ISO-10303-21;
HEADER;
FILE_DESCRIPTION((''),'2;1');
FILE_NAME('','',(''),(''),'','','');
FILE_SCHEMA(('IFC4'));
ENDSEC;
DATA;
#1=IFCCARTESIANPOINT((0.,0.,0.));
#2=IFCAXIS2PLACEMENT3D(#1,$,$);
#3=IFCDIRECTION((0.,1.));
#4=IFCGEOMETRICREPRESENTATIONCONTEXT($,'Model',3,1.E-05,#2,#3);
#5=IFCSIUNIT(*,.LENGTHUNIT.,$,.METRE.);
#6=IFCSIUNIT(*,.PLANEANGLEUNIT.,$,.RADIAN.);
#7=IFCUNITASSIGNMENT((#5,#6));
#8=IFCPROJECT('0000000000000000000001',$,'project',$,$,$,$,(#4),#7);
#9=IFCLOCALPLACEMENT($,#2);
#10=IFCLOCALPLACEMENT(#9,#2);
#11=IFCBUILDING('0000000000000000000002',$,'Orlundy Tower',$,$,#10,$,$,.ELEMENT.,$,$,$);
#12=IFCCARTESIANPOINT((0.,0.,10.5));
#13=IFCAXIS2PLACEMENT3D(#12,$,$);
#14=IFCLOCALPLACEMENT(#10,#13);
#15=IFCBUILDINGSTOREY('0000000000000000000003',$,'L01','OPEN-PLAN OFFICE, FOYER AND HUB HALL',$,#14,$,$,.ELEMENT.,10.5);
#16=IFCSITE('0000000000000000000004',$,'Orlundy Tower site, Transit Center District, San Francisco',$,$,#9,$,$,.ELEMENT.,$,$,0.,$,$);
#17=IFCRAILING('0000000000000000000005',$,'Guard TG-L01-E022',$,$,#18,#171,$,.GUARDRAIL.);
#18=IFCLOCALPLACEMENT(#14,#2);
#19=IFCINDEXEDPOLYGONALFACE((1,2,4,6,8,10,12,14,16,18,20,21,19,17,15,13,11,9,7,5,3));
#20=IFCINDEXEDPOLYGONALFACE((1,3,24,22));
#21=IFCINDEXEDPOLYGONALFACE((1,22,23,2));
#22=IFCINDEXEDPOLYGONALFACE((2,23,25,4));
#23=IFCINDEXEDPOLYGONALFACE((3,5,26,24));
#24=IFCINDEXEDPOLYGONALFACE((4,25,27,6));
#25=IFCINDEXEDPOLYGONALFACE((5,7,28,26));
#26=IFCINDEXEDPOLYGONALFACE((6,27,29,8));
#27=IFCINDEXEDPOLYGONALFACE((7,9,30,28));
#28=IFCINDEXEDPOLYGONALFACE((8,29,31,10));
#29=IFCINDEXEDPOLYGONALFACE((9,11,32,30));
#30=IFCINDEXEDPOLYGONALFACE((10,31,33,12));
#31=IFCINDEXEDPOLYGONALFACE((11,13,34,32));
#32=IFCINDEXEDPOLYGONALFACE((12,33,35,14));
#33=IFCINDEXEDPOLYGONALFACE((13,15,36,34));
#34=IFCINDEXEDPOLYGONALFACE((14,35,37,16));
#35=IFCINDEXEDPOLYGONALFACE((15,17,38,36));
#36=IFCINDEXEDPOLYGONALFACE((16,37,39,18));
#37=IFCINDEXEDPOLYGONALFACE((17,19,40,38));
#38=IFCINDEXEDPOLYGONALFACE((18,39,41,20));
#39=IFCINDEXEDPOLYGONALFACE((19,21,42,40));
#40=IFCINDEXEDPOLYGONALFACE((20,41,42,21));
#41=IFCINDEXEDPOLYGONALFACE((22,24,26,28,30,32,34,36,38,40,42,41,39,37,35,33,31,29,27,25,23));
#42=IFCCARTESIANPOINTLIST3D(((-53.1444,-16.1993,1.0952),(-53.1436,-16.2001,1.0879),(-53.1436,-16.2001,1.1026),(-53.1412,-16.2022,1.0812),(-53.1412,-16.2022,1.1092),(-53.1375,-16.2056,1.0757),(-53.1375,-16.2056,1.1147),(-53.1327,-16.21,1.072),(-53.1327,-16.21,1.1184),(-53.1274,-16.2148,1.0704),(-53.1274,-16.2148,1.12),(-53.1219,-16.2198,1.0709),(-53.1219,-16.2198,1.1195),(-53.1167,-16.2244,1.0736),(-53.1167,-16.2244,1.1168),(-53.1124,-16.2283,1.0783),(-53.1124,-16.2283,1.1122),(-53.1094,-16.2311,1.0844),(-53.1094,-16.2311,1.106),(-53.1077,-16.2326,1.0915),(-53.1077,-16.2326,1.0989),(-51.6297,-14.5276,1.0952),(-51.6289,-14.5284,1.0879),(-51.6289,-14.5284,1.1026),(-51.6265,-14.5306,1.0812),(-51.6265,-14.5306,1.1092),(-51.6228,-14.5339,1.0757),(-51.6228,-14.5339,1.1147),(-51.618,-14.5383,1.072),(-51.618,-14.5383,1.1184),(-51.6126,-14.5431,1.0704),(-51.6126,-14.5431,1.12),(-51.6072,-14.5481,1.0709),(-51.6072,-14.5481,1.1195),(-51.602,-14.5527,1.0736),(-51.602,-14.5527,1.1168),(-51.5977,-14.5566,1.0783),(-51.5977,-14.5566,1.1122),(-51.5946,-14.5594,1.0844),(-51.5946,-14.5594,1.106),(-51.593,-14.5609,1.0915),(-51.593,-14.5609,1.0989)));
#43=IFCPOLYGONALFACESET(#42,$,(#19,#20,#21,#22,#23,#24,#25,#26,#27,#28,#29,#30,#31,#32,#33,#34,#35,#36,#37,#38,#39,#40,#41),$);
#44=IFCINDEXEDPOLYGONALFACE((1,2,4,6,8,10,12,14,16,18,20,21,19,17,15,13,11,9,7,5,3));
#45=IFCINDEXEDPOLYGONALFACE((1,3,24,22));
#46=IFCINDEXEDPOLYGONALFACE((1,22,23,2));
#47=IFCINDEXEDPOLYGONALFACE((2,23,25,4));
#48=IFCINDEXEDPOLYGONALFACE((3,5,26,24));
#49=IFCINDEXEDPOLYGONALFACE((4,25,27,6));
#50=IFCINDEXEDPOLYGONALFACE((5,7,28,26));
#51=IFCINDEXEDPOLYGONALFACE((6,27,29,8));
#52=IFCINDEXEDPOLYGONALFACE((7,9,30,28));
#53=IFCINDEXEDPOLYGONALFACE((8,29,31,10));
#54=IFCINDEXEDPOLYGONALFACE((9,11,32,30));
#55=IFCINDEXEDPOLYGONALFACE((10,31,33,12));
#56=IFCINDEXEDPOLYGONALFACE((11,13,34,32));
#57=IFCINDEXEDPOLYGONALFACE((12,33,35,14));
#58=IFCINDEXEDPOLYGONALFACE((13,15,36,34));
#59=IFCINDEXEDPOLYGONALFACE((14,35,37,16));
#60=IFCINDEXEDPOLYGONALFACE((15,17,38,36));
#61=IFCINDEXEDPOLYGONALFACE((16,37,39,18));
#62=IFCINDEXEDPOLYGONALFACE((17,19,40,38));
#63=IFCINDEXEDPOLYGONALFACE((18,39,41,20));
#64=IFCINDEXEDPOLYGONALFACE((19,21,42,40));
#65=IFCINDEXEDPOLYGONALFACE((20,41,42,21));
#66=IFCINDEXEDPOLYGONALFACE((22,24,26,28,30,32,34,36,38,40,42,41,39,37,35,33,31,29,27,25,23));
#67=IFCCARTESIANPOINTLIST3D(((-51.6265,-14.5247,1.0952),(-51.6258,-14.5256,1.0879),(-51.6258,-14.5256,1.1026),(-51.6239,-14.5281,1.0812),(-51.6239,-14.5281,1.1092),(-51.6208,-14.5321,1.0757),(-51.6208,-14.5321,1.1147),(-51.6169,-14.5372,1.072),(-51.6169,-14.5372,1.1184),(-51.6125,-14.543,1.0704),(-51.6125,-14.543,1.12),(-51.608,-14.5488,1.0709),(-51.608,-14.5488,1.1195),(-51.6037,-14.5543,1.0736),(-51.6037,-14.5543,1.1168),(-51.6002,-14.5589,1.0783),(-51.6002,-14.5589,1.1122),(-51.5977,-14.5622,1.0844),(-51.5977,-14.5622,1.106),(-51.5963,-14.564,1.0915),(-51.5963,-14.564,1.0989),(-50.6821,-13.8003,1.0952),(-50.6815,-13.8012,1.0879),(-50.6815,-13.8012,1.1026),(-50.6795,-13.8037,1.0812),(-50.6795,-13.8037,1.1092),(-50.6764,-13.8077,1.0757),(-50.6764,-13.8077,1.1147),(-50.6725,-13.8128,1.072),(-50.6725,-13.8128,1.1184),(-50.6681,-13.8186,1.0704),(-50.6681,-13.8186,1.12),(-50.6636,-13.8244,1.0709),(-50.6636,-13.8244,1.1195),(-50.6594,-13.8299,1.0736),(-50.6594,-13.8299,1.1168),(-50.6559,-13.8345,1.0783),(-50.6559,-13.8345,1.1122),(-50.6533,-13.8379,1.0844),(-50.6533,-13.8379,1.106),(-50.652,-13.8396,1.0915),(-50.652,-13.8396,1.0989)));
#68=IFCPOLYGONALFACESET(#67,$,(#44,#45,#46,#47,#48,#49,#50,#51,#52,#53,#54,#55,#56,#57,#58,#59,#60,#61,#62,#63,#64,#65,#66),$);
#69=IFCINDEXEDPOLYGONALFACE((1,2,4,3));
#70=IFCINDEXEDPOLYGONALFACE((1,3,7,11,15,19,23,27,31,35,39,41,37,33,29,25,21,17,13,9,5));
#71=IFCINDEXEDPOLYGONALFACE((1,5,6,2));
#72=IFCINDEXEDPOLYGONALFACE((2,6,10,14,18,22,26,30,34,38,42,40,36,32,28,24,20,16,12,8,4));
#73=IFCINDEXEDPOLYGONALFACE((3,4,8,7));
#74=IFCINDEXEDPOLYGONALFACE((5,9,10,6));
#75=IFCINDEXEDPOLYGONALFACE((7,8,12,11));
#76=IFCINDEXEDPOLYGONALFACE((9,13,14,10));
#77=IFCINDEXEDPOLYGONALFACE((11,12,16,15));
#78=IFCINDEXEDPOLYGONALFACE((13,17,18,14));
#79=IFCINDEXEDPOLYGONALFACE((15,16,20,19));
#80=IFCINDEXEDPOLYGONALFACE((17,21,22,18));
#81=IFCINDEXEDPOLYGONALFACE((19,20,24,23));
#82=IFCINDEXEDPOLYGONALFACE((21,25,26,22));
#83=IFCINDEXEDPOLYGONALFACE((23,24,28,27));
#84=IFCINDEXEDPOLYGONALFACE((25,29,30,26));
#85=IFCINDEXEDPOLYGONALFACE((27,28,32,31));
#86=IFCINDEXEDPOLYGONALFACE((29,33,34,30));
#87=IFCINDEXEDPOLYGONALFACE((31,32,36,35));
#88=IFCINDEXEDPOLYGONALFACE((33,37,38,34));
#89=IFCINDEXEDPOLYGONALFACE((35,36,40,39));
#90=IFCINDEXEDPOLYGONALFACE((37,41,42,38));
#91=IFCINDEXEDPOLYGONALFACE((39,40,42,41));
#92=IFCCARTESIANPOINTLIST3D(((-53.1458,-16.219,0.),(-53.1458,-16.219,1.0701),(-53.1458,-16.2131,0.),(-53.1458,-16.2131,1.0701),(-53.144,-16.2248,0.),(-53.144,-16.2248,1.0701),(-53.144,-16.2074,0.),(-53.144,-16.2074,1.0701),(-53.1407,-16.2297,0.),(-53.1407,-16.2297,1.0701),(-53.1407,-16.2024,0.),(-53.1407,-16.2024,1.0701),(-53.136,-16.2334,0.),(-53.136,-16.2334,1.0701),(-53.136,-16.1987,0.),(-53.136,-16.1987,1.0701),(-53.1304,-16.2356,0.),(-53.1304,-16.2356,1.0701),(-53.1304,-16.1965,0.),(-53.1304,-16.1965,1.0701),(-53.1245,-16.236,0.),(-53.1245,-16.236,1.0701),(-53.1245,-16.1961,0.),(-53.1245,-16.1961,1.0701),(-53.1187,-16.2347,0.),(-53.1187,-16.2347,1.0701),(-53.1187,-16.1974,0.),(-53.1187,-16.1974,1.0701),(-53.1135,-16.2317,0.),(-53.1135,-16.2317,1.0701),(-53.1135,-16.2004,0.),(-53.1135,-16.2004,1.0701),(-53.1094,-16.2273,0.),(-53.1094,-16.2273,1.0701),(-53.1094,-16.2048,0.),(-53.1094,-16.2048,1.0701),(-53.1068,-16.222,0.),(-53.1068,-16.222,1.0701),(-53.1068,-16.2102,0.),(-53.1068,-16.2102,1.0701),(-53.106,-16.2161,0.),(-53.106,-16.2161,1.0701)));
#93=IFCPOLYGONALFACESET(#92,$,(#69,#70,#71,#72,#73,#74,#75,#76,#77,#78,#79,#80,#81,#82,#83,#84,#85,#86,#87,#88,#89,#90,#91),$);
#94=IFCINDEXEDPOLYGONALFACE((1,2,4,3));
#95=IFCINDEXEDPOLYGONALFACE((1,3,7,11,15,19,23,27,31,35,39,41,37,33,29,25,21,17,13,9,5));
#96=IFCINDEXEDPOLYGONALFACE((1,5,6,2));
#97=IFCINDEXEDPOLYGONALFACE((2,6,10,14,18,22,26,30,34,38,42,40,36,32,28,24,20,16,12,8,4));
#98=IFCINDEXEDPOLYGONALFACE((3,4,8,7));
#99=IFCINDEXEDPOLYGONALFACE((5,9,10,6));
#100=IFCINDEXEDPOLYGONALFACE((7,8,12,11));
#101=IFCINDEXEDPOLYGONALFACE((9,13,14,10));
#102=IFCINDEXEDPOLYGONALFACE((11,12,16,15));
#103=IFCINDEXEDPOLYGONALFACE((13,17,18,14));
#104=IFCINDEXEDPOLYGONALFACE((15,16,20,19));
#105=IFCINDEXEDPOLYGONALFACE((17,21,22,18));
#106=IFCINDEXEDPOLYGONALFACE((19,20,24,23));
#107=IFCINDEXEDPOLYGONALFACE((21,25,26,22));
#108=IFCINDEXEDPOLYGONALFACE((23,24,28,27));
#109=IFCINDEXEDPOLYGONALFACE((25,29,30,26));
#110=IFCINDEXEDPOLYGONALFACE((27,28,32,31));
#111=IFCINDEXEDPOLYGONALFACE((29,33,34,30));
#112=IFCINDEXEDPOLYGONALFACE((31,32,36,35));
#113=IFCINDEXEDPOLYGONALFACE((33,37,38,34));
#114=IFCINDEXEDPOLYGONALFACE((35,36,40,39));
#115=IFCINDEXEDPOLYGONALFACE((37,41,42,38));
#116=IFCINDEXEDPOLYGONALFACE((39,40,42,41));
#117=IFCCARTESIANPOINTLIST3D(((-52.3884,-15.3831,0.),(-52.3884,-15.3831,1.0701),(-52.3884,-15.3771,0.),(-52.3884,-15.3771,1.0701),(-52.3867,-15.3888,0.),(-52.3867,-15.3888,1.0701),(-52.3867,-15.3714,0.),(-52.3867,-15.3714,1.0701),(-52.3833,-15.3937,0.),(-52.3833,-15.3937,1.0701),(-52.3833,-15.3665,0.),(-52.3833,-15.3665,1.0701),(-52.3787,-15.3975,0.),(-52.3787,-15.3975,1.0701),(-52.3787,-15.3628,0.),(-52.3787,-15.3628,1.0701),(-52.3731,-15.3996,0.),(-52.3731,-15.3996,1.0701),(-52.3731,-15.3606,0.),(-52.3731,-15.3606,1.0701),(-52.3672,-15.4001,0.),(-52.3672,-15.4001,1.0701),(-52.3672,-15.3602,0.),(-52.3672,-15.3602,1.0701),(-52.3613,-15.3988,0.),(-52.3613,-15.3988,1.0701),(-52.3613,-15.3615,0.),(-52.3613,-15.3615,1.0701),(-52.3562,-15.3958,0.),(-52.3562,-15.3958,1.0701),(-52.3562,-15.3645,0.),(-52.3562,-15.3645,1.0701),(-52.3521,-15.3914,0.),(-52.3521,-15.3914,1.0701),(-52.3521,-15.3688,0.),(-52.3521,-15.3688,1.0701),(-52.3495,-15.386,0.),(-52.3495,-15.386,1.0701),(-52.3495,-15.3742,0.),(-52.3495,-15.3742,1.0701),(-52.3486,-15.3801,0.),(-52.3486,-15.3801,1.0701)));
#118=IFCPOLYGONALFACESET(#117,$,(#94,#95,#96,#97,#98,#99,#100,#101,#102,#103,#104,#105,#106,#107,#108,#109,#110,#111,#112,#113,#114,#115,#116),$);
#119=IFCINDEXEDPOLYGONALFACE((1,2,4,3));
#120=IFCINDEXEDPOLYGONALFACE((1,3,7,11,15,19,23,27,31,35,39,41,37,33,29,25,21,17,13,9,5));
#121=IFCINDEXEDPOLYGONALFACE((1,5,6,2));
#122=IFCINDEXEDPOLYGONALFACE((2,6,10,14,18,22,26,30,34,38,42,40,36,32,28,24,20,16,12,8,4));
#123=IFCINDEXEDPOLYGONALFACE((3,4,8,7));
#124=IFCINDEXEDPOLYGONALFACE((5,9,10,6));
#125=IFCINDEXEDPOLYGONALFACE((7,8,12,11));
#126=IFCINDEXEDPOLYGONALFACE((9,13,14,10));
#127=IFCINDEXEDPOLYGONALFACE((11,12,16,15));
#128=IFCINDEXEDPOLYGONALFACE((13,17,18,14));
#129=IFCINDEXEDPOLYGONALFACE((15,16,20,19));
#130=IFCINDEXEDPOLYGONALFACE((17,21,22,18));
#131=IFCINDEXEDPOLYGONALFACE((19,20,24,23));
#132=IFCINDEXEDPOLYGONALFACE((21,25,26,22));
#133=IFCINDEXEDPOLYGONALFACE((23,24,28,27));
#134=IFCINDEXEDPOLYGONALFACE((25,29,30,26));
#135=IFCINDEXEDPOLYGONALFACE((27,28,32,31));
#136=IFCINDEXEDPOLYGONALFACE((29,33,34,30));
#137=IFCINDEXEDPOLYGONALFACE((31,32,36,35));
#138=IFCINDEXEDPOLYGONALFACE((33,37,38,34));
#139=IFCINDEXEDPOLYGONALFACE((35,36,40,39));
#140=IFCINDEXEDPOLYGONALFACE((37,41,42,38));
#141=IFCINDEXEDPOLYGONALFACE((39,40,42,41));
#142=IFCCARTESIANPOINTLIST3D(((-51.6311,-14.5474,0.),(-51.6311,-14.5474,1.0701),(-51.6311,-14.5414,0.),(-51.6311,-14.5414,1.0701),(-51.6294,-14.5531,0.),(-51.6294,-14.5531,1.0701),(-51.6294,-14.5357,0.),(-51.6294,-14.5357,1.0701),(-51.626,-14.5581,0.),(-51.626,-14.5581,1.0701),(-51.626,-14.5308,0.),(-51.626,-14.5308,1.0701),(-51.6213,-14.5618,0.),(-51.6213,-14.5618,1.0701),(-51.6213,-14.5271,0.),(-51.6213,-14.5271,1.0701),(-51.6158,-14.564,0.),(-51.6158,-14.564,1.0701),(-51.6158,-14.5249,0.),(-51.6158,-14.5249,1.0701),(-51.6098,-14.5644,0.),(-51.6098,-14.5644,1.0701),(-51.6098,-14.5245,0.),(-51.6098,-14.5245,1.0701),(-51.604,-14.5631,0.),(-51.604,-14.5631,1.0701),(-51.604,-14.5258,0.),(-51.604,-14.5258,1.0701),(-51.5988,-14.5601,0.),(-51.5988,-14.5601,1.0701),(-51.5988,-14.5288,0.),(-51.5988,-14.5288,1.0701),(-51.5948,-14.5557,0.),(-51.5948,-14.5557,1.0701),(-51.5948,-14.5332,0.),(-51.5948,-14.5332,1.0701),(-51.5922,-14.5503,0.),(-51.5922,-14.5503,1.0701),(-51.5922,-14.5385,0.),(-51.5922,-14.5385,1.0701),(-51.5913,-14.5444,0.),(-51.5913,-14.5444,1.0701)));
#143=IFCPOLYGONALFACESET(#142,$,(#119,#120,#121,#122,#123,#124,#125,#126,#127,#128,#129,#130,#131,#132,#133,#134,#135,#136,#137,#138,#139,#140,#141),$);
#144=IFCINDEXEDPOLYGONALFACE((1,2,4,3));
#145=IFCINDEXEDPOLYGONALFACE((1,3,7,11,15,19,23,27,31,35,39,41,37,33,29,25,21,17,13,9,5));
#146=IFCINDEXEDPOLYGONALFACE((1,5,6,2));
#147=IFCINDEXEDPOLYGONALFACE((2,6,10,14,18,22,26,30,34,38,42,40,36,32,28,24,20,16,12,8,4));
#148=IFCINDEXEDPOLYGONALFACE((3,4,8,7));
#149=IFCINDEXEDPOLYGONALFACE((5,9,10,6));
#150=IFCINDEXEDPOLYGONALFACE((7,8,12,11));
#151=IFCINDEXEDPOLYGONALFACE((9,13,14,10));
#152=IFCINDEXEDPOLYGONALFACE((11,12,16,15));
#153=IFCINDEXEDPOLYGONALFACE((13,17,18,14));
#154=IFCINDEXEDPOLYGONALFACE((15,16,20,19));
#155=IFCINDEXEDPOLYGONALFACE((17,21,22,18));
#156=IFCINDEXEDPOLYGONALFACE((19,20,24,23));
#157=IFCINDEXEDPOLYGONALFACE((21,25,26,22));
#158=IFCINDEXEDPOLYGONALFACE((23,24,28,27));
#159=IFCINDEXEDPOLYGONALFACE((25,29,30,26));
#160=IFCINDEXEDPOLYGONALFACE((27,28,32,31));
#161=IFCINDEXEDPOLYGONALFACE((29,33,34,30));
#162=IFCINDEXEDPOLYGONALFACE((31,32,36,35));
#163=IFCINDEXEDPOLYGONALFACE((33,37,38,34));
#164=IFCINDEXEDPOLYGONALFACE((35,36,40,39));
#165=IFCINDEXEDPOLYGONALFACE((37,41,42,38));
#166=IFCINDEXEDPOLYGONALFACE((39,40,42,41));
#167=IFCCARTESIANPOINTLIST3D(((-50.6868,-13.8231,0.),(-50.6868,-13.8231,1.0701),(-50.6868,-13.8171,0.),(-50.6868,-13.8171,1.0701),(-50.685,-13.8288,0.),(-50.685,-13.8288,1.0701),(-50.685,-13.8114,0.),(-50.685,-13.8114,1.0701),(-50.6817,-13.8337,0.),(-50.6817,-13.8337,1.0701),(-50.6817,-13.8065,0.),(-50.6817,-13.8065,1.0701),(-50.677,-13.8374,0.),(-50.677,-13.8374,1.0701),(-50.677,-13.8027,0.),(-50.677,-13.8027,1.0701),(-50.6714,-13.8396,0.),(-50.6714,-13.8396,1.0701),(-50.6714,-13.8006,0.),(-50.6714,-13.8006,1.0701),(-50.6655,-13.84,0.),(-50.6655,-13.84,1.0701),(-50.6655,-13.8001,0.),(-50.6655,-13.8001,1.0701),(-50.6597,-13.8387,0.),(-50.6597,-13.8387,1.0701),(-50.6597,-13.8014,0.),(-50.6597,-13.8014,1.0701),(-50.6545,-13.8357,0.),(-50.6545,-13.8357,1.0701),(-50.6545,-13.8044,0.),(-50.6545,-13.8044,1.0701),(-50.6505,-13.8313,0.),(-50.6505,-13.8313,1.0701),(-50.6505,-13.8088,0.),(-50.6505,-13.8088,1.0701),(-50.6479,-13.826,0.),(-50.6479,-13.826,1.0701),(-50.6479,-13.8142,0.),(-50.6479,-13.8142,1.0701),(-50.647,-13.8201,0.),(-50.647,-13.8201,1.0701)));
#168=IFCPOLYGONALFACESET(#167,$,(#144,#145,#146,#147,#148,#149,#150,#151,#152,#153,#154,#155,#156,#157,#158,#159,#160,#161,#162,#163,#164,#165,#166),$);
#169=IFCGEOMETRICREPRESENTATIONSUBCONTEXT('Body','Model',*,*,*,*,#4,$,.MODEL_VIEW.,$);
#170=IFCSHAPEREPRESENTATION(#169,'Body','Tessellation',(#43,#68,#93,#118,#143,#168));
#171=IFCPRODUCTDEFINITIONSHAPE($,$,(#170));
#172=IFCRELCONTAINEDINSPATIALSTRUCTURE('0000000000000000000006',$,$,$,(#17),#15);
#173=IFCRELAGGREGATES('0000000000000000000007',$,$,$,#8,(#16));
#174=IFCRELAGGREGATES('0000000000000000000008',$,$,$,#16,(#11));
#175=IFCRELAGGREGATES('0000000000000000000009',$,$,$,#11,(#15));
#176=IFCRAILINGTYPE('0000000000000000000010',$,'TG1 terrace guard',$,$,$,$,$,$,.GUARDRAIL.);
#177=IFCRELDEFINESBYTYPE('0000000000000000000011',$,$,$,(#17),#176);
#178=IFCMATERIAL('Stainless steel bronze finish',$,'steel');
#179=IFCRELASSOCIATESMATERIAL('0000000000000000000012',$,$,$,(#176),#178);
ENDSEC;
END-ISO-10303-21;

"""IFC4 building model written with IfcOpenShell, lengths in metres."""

from ifc_helpers import new_model, si_unit, direction, frame, origin, origin_2d, place, context, subcontext, project, spatial, circle, extrude, material, type_object, element, save


model = new_model("IFC4")

# Units and contexts
model_context = context("Model", 3, precision=1e-05, world=origin(), true_north=direction((0.0, 1.0)))
body_context = subcontext(model_context, "Body", "Model", "MODEL_VIEW")
ifc_project = project(units=[si_unit("LENGTHUNIT", "METRE"), si_unit("PLANEANGLEUNIT", "RADIAN")], contexts=[model_context])

# Site, building, storey
site_placement = place(None, origin())
site = spatial("IfcSite", under=ifc_project, at=site_placement, Name="Orlundy Tower site, Transit Center District, San Francisco", CompositionType="ELEMENT", RefElevation=0.0)
building_placement = place(site_placement, origin())
building = spatial("IfcBuilding", under=site, at=building_placement, Name="Orlundy Tower", CompositionType="ELEMENT")
storey_placement = place(building_placement, frame((0.0, 0.0, 10.5)))
storey = spatial("IfcBuildingStorey", under=building, at=storey_placement, Name="L01", Description="OPEN-PLAN OFFICE, FOYER AND HUB HALL", CompositionType="ELEMENT", Elevation=10.5)

# Railing
ifc_material_1 = material(Name="Stainless steel bronze finish", Category="steel")
railing_type = type_object("IfcRailingType", Name="TG1 terrace guard", PredefinedType="GUARDRAIL", material=ifc_material_1)
railing_1_placement = place(storey_placement, frame((-53.126, -16.2161, 0.0)))
element("IfcRailing", 1, at=railing_1_placement, inside=storey, type_object=railing_type, Name="Guard TG-L01-E022", PredefinedType="GUARDRAIL", context=body_context, shape_type="SweptSolid", body=[
    extrude(circle(Radius=0.0249, at=origin_2d()), frame((0.0, 0.0, 1.0952), z_axis=(0.671454, 0.741046, 0.0), x_axis=(-0.741046, 0.671454, 0.0)), (0.0, 0.0, 1.0), 2.2559),
    extrude(circle(Radius=0.0249, at=origin_2d()), frame((1.5146, 1.6716, 1.0952), z_axis=(0.793454, 0.60863, 0.0), x_axis=(-0.60863, 0.793454, 0.0)), (0.0, 0.0, 1.0), 1.1902),
    extrude(circle(Radius=0.02, at=origin_2d()), origin(), (0.0, 0.0, 1.0), 1.0701),
    extrude(circle(Radius=0.02, at=origin_2d()), frame((0.7573, 0.8359, 0.0)), (0.0, 0.0, 1.0), 1.0701),
    extrude(circle(Radius=0.02, at=origin_2d()), frame((1.5146, 1.6716, 0.0)), (0.0, 0.0, 1.0), 1.0701),
    extrude(circle(Radius=0.02, at=origin_2d()), frame((2.459, 2.396, 0.0)), (0.0, 0.0, 1.0), 1.0701),
])

save(model, "model.ifc")
